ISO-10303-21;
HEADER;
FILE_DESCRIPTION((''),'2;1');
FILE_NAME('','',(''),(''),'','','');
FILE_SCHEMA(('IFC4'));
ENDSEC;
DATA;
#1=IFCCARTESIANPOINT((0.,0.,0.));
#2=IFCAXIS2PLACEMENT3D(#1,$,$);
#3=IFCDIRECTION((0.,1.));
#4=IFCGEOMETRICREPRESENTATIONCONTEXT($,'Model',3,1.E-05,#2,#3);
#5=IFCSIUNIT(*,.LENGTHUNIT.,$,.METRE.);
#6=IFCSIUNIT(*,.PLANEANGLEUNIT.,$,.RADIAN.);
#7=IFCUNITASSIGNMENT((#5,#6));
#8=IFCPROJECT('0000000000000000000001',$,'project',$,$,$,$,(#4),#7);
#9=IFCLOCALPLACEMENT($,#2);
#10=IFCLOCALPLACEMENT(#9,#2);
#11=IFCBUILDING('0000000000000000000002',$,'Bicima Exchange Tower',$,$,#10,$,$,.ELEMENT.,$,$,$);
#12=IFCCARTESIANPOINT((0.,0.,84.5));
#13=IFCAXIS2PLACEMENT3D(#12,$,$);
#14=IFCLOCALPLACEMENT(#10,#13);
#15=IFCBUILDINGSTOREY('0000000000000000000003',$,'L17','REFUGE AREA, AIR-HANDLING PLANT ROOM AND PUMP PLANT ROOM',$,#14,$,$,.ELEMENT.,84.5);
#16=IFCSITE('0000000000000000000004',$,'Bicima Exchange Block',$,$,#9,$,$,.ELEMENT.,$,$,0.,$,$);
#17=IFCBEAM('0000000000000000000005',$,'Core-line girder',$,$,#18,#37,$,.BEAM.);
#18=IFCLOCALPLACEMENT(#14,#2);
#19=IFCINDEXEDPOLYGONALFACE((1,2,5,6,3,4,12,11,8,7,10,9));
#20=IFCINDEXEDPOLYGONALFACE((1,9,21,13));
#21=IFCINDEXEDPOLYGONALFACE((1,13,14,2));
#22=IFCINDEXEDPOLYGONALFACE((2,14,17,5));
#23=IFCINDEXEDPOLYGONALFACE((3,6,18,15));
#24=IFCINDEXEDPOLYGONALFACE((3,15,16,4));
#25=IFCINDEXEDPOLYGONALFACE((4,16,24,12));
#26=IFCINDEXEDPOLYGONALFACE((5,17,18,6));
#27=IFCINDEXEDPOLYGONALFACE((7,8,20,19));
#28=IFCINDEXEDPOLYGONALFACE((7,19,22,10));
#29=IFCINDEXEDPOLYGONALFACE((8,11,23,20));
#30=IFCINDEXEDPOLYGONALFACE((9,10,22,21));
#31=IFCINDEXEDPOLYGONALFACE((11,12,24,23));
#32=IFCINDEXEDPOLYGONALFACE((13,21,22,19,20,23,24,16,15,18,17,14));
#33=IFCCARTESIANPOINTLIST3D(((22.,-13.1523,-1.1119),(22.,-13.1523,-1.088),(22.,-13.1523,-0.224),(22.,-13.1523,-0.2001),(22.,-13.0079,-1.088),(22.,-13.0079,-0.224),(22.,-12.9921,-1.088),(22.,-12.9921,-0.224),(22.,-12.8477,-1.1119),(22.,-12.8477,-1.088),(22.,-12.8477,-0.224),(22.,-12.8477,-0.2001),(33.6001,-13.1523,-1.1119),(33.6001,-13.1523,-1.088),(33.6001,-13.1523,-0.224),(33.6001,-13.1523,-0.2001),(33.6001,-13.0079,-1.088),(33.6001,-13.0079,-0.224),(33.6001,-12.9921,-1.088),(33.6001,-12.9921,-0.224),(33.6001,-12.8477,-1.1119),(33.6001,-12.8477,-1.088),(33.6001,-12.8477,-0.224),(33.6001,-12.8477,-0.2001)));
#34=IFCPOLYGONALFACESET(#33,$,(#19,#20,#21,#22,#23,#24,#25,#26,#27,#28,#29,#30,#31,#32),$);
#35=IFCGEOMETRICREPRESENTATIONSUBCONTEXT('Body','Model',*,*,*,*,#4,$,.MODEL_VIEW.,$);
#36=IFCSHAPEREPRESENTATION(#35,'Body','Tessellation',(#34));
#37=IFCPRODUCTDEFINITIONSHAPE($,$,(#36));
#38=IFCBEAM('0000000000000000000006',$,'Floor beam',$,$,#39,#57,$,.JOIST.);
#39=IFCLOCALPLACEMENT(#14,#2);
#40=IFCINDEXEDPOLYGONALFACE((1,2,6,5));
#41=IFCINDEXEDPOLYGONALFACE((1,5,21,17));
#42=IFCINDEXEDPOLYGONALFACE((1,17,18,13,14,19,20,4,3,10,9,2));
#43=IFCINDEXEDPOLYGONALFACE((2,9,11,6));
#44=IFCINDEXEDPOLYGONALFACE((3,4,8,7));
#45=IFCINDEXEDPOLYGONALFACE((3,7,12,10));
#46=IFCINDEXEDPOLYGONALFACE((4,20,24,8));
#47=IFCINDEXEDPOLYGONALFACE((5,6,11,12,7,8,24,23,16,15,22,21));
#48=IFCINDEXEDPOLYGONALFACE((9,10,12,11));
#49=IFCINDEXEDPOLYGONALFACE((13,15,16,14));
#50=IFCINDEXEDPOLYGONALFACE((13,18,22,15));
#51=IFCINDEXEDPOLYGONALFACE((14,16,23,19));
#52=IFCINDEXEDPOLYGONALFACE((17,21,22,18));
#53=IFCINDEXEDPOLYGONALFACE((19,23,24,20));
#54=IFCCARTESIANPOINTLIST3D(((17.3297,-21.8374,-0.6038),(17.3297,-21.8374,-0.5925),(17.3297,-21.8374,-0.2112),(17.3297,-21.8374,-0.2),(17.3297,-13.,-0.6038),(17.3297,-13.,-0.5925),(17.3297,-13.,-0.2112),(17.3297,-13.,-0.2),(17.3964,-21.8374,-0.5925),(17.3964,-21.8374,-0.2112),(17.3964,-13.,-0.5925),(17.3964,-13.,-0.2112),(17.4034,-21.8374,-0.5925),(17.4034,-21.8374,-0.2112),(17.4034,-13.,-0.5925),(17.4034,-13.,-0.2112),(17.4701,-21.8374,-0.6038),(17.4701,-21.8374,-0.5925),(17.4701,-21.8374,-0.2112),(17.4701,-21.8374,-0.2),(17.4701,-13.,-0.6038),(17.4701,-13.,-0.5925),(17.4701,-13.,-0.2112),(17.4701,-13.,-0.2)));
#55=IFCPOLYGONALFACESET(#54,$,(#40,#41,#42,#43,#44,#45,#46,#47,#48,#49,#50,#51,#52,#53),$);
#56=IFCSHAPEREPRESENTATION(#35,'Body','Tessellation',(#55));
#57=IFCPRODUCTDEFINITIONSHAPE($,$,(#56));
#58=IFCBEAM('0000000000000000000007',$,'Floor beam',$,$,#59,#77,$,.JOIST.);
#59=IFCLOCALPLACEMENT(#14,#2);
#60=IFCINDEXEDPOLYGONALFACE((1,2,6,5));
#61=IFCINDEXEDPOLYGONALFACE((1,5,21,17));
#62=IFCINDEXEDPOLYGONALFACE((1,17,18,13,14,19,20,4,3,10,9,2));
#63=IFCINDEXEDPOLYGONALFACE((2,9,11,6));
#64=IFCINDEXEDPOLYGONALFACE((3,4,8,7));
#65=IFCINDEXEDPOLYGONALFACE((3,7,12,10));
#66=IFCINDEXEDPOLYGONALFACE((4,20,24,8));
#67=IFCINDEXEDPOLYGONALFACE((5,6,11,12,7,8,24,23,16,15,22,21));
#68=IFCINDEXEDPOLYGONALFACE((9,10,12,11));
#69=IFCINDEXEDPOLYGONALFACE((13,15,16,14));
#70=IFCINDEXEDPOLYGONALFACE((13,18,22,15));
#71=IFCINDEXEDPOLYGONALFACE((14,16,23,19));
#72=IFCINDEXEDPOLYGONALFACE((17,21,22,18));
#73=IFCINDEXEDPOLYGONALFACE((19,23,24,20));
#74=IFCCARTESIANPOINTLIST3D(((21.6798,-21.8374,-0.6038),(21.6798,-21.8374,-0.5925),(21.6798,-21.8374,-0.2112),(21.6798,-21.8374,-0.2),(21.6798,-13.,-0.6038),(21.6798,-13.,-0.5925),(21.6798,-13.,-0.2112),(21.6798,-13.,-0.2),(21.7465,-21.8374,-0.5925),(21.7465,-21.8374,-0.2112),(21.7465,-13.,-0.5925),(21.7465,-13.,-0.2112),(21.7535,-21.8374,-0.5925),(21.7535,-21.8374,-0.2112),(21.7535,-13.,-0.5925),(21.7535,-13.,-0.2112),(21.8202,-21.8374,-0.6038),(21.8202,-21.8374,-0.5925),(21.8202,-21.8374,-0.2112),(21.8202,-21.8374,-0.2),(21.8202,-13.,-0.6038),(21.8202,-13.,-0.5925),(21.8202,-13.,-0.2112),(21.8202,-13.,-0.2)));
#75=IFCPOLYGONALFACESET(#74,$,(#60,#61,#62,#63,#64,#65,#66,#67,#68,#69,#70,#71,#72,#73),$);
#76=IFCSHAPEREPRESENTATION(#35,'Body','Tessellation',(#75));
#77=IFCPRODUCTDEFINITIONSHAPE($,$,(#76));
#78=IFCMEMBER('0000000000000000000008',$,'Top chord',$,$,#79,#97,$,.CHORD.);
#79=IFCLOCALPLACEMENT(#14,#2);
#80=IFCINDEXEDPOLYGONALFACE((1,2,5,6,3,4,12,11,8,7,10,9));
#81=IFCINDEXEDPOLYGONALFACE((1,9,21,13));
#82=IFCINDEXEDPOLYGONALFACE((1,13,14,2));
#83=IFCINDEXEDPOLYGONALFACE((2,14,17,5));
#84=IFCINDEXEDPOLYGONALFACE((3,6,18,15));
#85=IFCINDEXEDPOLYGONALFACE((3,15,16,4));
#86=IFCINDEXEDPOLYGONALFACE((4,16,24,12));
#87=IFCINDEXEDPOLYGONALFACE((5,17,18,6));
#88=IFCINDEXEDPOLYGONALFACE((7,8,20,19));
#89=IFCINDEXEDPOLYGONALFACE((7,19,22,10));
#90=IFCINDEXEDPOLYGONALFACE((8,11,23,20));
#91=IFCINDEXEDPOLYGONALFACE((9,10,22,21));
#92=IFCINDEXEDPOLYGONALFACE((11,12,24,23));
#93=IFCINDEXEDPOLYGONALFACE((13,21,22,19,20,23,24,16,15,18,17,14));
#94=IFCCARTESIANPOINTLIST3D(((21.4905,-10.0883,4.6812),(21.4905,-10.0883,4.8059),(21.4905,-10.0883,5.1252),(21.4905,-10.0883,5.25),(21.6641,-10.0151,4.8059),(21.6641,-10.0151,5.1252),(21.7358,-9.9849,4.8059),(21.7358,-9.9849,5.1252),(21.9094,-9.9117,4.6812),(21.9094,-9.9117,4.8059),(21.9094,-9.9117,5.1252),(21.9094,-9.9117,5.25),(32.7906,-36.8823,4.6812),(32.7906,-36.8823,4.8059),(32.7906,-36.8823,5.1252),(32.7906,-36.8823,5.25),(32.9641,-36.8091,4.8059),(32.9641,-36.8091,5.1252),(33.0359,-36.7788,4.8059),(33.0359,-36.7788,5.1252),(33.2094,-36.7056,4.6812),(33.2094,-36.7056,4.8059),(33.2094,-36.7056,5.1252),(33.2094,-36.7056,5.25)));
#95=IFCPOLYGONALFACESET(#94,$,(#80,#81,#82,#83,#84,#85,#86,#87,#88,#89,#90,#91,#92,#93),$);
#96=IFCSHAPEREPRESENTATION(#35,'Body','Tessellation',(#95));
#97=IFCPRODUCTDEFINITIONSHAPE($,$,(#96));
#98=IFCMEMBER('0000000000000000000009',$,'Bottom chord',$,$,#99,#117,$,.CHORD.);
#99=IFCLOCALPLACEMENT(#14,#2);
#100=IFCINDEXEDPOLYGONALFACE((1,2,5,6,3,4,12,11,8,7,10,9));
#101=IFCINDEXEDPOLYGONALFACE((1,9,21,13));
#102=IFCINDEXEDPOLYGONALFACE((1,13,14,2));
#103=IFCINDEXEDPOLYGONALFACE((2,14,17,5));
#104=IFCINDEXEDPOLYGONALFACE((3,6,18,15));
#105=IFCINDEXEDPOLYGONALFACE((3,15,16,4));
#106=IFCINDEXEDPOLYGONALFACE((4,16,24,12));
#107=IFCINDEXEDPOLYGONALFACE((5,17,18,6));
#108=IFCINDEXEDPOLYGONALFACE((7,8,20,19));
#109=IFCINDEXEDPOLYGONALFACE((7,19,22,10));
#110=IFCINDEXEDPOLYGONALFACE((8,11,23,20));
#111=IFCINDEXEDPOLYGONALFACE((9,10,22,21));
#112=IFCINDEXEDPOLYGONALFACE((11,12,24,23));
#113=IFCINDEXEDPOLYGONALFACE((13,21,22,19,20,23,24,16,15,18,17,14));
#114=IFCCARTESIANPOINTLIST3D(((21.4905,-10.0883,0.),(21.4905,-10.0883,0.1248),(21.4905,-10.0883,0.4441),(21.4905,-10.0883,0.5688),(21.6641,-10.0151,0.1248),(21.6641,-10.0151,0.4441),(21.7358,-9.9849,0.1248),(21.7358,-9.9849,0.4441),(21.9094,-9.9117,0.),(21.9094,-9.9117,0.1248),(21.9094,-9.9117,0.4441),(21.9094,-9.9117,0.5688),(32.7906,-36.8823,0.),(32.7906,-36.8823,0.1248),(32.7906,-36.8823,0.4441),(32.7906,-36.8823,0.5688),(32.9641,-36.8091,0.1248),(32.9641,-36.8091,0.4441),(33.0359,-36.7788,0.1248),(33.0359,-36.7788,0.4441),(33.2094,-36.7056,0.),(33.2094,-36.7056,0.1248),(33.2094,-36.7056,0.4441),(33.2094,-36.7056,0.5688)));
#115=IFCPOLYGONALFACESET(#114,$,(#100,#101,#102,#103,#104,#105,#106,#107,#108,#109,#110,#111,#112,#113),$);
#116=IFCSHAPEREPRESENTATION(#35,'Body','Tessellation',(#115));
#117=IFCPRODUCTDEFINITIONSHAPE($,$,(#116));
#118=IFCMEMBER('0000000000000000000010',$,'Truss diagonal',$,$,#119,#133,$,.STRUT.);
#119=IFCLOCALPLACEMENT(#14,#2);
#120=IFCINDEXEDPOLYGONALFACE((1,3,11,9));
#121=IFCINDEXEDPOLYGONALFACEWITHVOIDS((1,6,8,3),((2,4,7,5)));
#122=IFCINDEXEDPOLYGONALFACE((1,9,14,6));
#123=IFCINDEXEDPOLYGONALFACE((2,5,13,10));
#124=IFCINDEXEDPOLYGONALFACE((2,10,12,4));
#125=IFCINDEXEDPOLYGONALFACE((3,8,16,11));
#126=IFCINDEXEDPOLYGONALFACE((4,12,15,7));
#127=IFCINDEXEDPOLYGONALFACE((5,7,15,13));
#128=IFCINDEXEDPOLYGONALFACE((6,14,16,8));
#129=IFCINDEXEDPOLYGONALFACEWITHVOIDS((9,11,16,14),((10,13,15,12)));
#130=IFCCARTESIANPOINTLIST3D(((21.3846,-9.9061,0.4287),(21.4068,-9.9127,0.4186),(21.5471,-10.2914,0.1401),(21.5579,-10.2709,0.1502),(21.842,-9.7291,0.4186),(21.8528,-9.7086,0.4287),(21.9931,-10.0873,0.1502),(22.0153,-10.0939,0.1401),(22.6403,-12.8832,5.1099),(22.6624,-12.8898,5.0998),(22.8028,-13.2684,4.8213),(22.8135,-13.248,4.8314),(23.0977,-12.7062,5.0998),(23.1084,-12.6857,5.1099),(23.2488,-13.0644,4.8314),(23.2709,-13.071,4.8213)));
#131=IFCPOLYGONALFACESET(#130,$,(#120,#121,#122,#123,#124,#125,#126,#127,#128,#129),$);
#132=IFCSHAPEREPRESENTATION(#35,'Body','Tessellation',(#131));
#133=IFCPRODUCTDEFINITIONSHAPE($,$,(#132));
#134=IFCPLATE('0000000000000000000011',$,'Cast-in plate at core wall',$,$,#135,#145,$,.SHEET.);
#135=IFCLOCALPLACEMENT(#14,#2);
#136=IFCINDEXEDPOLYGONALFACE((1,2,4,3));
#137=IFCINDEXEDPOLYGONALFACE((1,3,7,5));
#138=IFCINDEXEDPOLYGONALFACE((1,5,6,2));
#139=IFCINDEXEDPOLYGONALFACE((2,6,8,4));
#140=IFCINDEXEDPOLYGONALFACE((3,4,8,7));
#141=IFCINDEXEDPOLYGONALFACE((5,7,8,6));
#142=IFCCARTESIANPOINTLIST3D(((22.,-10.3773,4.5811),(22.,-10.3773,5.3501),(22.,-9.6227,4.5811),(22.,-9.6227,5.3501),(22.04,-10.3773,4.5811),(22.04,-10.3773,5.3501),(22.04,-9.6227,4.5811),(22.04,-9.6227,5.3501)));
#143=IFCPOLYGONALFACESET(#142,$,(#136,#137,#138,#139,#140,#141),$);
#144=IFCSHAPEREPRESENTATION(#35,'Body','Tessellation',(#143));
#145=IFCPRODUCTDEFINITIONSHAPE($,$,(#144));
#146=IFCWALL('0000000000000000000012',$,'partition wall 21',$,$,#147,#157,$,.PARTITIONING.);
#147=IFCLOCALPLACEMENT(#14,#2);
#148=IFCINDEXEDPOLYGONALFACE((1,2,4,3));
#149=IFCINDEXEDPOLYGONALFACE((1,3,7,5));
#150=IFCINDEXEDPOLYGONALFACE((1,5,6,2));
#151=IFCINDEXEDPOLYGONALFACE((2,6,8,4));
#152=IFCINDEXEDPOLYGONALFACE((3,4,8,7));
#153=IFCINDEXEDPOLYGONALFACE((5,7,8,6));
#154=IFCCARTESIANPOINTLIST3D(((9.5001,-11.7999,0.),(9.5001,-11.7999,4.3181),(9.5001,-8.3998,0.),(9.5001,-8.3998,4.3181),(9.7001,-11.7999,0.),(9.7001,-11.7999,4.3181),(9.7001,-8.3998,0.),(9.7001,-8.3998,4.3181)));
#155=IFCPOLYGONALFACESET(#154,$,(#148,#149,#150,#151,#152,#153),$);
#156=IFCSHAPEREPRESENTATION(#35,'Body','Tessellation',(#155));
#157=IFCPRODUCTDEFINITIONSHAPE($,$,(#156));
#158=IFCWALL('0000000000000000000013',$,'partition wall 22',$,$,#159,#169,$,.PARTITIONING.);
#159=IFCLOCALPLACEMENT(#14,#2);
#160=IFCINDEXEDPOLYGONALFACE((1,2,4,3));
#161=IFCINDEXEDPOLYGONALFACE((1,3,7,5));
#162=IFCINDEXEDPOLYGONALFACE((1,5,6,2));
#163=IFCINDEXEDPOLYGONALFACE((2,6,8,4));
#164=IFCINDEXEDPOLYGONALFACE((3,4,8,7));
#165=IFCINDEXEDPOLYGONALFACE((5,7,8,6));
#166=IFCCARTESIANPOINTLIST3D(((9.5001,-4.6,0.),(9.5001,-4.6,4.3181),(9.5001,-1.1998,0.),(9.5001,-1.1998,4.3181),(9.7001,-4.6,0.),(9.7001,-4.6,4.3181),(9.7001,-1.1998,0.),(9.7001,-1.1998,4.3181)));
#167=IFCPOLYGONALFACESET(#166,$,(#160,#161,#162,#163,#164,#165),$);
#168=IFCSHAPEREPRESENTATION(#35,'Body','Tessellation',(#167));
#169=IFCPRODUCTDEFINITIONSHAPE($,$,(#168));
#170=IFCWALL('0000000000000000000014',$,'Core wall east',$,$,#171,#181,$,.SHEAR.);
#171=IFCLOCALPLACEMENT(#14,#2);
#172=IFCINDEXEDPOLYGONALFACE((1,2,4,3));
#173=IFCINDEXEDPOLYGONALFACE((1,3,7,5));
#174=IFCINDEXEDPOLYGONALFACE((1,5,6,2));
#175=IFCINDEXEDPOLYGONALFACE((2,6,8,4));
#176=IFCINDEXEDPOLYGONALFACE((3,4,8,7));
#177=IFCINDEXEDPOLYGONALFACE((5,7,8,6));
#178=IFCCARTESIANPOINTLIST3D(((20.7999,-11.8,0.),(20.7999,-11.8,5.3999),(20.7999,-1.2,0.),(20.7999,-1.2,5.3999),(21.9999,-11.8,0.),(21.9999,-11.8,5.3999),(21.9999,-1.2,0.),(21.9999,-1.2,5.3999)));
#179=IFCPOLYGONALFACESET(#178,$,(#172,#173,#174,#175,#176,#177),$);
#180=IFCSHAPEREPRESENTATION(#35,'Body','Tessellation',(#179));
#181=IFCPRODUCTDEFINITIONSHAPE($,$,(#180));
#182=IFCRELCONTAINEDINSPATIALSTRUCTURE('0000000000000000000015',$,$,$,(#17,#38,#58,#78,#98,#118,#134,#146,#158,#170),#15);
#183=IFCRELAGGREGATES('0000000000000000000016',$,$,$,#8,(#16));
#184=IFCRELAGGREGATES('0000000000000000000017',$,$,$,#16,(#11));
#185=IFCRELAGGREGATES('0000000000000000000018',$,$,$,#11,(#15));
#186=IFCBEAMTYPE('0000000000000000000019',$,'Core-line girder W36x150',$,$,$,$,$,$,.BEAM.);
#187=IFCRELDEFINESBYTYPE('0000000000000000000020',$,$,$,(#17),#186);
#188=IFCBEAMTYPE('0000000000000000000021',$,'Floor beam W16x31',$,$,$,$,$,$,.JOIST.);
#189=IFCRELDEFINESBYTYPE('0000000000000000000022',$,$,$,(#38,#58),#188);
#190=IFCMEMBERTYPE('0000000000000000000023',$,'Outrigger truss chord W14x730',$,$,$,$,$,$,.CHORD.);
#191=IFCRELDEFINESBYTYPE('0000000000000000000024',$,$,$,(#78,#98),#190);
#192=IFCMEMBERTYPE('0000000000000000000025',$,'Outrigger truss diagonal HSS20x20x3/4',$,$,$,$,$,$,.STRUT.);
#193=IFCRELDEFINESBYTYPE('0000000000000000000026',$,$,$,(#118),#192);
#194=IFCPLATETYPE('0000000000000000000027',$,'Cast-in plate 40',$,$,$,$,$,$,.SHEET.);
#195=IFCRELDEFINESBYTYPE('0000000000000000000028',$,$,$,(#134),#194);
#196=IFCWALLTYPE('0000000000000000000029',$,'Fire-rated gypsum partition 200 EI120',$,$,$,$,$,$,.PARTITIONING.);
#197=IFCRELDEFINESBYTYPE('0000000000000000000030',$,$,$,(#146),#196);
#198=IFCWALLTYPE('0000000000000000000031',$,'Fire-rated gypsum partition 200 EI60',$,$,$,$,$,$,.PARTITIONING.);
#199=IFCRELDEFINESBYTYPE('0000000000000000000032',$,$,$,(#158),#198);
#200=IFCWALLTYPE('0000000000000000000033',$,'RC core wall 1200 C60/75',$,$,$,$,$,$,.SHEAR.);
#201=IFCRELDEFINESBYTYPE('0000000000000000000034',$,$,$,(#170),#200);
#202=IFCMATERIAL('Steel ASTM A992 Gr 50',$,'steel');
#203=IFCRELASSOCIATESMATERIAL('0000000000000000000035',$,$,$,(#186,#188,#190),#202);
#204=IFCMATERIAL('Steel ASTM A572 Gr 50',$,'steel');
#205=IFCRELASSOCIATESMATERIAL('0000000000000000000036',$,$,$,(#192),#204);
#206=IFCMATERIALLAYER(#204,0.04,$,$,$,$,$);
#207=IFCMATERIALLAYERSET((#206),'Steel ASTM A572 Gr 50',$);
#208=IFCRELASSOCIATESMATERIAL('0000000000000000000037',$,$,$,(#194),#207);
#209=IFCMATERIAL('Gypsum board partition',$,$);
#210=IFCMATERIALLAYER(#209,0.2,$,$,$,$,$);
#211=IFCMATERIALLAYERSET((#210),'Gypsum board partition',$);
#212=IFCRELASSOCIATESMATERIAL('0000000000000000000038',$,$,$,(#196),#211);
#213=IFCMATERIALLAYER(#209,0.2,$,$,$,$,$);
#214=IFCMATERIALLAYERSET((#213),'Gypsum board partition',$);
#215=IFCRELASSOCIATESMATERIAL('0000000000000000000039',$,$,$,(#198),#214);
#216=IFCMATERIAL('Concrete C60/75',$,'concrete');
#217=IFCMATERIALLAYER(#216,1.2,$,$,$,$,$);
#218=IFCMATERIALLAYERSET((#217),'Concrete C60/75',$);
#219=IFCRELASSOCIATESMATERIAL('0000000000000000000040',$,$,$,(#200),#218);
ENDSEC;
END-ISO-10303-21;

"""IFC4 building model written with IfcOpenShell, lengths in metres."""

from ifc_helpers import new_model, si_unit, direction, frame, frame_2d, origin, origin_2d, place, context, subcontext, project, spatial, rectangle, hollow_rectangle, i_section, extrude, material, layer, layer_set, material_profile, profile_set, type_object, element, save


model = new_model("IFC4")

# Units and contexts
model_context = context("Model", 3, precision=1e-05, world=origin(), true_north=direction((0.0, 1.0)))
body_context = subcontext(model_context, "Body", "Model", "MODEL_VIEW")
ifc_project = project(units=[si_unit("LENGTHUNIT", "METRE"), si_unit("PLANEANGLEUNIT", "RADIAN")], contexts=[model_context])

# Site, building, storey
site_placement = place(None, origin())
site = spatial("IfcSite", under=ifc_project, at=site_placement, Name="Bicima Exchange Block", CompositionType="ELEMENT", RefElevation=0.0)
building_placement = place(site_placement, origin())
building = spatial("IfcBuilding", under=site, at=building_placement, Name="Bicima Exchange Tower", CompositionType="ELEMENT")
storey_placement = place(building_placement, frame((0.0, 0.0, 84.5)))
storey = spatial("IfcBuildingStorey", under=building, at=storey_placement, Name="L17", Description="REFUGE AREA, AIR-HANDLING PLANT ROOM AND PUMP PLANT ROOM", CompositionType="ELEMENT", Elevation=84.5)

# Beams
ifc_material_1 = material(Name="Steel ASTM A992 Gr 50", Category="steel")
ifc_material_profile_1 = material_profile(ifc_material_1, i_section(OverallWidth=0.3047, OverallDepth=0.9119, WebThickness=0.0159, FlangeThickness=0.0239, at=origin_2d()))
ifc_profile_set_1 = profile_set([ifc_material_profile_1], Name="Steel ASTM A992 Gr 50")
beam_type_1 = type_object("IfcBeamType", Name="Core-line girder W36x150", PredefinedType="BEAM", material=ifc_profile_set_1)
beam_placement = place(storey_placement, frame((22.0, -13.0, -0.656), z_axis=(1.0, 0.0, 0.0), x_axis=(0.0, 1.0, 0.0)))
element("IfcBeam", 1, at=beam_placement, inside=storey, type_object=beam_type_1, Name="Core-line girder", PredefinedType="BEAM", context=body_context, shape_type="SweptSolid", body=[
    extrude(i_section(OverallWidth=0.3047, OverallDepth=0.9119, WebThickness=0.0159, FlangeThickness=0.0239, at=origin_2d()), origin(), (0.0, 0.0, 1.0), 11.6001),
])
ifc_material_profile_2 = material_profile(ifc_material_1, i_section(OverallWidth=0.1404, OverallDepth=0.4038, WebThickness=0.0071, FlangeThickness=0.0112, at=origin_2d()))
ifc_profile_set_2 = profile_set([ifc_material_profile_2], Name="Steel ASTM A992 Gr 50")
beam_type_2 = type_object("IfcBeamType", Name="Floor beam W16x31", PredefinedType="JOIST", material=ifc_profile_set_2)
for number, where, z_axis, x_axis, name in (
    (2, (17.3999, -13.0, -0.4019), (0.0, -1.0, 0.0), (1.0, 0.0, 0.0), "Floor beam"),
    (3, (21.75, -13.0, -0.4019), (0.0, -1.0, 0.0), (1.0, 0.0, 0.0), "Floor beam"),
):
    element("IfcBeam", number, at=place(storey_placement, frame(where, z_axis=z_axis, x_axis=x_axis)), inside=storey, type_object=beam_type_2, Name=name, PredefinedType="JOIST", context=body_context, shape_type="SweptSolid", body=[
        extrude(i_section(OverallWidth=0.1404, OverallDepth=0.4038, WebThickness=0.0071, FlangeThickness=0.0112, at=origin_2d()), origin(), (0.0, 0.0, 1.0), 8.8374),
    ])

# Members
ifc_material_profile_3 = material_profile(ifc_material_1, i_section(OverallWidth=0.4546, OverallDepth=0.5688, WebThickness=0.0779, FlangeThickness=0.1248, at=origin_2d()))
ifc_profile_set_3 = profile_set([ifc_material_profile_3], Name="Steel ASTM A992 Gr 50")
member_type_1 = type_object("IfcMemberType", Name="Outrigger truss chord W14x730", PredefinedType="CHORD", material=ifc_profile_set_3)
for number, where, z_axis, x_axis, name in (
    (4, (21.7, -10.0, 4.9656), (0.388594, -0.921409, 0.0), (0.921409, 0.388594, 0.0), "Top chord"),
    (5, (21.7, -10.0, 0.2844), (0.388594, -0.921409, 0.0), (0.921409, 0.388594, 0.0), "Bottom chord"),
):
    element("IfcMember", number, at=place(storey_placement, frame(where, z_axis=z_axis, x_axis=x_axis)), inside=storey, type_object=member_type_1, Name=name, PredefinedType="CHORD", context=body_context, shape_type="SweptSolid", body=[
        extrude(i_section(OverallWidth=0.4546, OverallDepth=0.5688, WebThickness=0.0779, FlangeThickness=0.1248, at=origin_2d()), origin(), (0.0, 0.0, 1.0), 29.0793),
    ])
ifc_material_2 = material(Name="Steel ASTM A572 Gr 50", Category="steel")
ifc_material_profile_4 = material_profile(ifc_material_2, hollow_rectangle(XDim=0.5081, YDim=0.5081, WallThickness=0.0178, at=origin_2d()))
ifc_profile_set_4 = profile_set([ifc_material_profile_4], Name="Steel ASTM A572 Gr 50")
member_type_2 = type_object("IfcMemberType", Name="Outrigger truss diagonal HSS20x20x3/4", PredefinedType="STRUT", material=ifc_profile_set_4)
member_placement = place(storey_placement, frame((21.7, -10.0, 0.2844), z_axis=(0.220751, -0.523398, 0.822997), x_axis=(0.921401, 0.388614, 0.0)))
element("IfcMember", 6, at=member_placement, inside=storey, type_object=member_type_2, Name="Truss diagonal", PredefinedType="STRUT", context=body_context, shape_type="SweptSolid", body=[
    extrude(hollow_rectangle(XDim=0.5081, YDim=0.5081, WallThickness=0.0178, at=origin_2d()), origin(), (0.0, 0.0, 1.0), 5.688),
])

# Plate
ifc_layer_1 = layer(ifc_material_2, 0.04)
ifc_layer_set_1 = layer_set([ifc_layer_1], Name="Steel ASTM A572 Gr 50")
plate_type = type_object("IfcPlateType", Name="Cast-in plate 40", PredefinedType="SHEET", material=ifc_layer_set_1)
plate_placement = place(storey_placement, frame((22.02, -10.0, 4.5811), z_axis=(0.0, 0.0, 1.0), x_axis=(1.0, 0.0, 0.0)))
element("IfcPlate", 7, at=plate_placement, inside=storey, type_object=plate_type, Name="Cast-in plate at core wall", PredefinedType="SHEET", context=body_context, shape_type="SweptSolid", body=[
    extrude(rectangle(XDim=0.04, YDim=0.7546, at=origin_2d()), origin(), (0.0, 0.0, 1.0), 0.769),
])

# Walls
ifc_material_3 = material(Name="Gypsum board partition")
ifc_layer_2 = layer(ifc_material_3, 0.2)
ifc_layer_set_2 = layer_set([ifc_layer_2], Name="Gypsum board partition")
wall_type_1 = type_object("IfcWallType", Name="Fire-rated gypsum partition 200 EI120", PredefinedType="PARTITIONING", material=ifc_layer_set_2)
wall_1_placement = place(storey_placement, frame((9.6001, -11.8, 0.0), z_axis=(0.0, 0.0, 1.0), x_axis=(0.0, 1.0, 0.0)))
element("IfcWall", 8, at=wall_1_placement, inside=storey, type_object=wall_type_1, Name="partition wall 21", PredefinedType="PARTITIONING", context=body_context, shape_type="SweptSolid", body=[
    extrude(rectangle(XDim=3.4001, YDim=0.2, at=frame_2d((1.7002, 0.0))), origin(), (0.0, 0.0, 1.0), 4.3181),
])
ifc_layer_3 = layer(ifc_material_3, 0.2)
ifc_layer_set_3 = layer_set([ifc_layer_3], Name="Gypsum board partition")
wall_type_2 = type_object("IfcWallType", Name="Fire-rated gypsum partition 200 EI60", PredefinedType="PARTITIONING", material=ifc_layer_set_3)
wall_2_placement = place(storey_placement, frame((9.6001, -4.6001, 0.0), z_axis=(0.0, 0.0, 1.0), x_axis=(0.0, 1.0, 0.0)))
element("IfcWall", 9, at=wall_2_placement, inside=storey, type_object=wall_type_2, Name="partition wall 22", PredefinedType="PARTITIONING", context=body_context, shape_type="SweptSolid", body=[
    extrude(rectangle(XDim=3.4001, YDim=0.2, at=frame_2d((1.7002, 0.0))), origin(), (0.0, 0.0, 1.0), 4.3181),
])
ifc_material_4 = material(Name="Concrete C60/75", Category="concrete")
ifc_layer_4 = layer(ifc_material_4, 1.2)
ifc_layer_set_4 = layer_set([ifc_layer_4], Name="Concrete C60/75")
wall_type_3 = type_object("IfcWallType", Name="RC core wall 1200 C60/75", PredefinedType="SHEAR", material=ifc_layer_set_4)
wall_3_placement = place(storey_placement, frame((21.3999, -11.8, 0.0), z_axis=(0.0, 0.0, 1.0), x_axis=(0.0, 1.0, 0.0)))
element("IfcWall", 10, at=wall_3_placement, inside=storey, type_object=wall_type_3, Name="Core wall east", PredefinedType="SHEAR", context=body_context, shape_type="SweptSolid", body=[
    extrude(rectangle(XDim=10.6001, YDim=1.2, at=frame_2d((5.3, 0.0))), origin(), (0.0, 0.0, 1.0), 5.3999),
])

save(model, "model.ifc")
